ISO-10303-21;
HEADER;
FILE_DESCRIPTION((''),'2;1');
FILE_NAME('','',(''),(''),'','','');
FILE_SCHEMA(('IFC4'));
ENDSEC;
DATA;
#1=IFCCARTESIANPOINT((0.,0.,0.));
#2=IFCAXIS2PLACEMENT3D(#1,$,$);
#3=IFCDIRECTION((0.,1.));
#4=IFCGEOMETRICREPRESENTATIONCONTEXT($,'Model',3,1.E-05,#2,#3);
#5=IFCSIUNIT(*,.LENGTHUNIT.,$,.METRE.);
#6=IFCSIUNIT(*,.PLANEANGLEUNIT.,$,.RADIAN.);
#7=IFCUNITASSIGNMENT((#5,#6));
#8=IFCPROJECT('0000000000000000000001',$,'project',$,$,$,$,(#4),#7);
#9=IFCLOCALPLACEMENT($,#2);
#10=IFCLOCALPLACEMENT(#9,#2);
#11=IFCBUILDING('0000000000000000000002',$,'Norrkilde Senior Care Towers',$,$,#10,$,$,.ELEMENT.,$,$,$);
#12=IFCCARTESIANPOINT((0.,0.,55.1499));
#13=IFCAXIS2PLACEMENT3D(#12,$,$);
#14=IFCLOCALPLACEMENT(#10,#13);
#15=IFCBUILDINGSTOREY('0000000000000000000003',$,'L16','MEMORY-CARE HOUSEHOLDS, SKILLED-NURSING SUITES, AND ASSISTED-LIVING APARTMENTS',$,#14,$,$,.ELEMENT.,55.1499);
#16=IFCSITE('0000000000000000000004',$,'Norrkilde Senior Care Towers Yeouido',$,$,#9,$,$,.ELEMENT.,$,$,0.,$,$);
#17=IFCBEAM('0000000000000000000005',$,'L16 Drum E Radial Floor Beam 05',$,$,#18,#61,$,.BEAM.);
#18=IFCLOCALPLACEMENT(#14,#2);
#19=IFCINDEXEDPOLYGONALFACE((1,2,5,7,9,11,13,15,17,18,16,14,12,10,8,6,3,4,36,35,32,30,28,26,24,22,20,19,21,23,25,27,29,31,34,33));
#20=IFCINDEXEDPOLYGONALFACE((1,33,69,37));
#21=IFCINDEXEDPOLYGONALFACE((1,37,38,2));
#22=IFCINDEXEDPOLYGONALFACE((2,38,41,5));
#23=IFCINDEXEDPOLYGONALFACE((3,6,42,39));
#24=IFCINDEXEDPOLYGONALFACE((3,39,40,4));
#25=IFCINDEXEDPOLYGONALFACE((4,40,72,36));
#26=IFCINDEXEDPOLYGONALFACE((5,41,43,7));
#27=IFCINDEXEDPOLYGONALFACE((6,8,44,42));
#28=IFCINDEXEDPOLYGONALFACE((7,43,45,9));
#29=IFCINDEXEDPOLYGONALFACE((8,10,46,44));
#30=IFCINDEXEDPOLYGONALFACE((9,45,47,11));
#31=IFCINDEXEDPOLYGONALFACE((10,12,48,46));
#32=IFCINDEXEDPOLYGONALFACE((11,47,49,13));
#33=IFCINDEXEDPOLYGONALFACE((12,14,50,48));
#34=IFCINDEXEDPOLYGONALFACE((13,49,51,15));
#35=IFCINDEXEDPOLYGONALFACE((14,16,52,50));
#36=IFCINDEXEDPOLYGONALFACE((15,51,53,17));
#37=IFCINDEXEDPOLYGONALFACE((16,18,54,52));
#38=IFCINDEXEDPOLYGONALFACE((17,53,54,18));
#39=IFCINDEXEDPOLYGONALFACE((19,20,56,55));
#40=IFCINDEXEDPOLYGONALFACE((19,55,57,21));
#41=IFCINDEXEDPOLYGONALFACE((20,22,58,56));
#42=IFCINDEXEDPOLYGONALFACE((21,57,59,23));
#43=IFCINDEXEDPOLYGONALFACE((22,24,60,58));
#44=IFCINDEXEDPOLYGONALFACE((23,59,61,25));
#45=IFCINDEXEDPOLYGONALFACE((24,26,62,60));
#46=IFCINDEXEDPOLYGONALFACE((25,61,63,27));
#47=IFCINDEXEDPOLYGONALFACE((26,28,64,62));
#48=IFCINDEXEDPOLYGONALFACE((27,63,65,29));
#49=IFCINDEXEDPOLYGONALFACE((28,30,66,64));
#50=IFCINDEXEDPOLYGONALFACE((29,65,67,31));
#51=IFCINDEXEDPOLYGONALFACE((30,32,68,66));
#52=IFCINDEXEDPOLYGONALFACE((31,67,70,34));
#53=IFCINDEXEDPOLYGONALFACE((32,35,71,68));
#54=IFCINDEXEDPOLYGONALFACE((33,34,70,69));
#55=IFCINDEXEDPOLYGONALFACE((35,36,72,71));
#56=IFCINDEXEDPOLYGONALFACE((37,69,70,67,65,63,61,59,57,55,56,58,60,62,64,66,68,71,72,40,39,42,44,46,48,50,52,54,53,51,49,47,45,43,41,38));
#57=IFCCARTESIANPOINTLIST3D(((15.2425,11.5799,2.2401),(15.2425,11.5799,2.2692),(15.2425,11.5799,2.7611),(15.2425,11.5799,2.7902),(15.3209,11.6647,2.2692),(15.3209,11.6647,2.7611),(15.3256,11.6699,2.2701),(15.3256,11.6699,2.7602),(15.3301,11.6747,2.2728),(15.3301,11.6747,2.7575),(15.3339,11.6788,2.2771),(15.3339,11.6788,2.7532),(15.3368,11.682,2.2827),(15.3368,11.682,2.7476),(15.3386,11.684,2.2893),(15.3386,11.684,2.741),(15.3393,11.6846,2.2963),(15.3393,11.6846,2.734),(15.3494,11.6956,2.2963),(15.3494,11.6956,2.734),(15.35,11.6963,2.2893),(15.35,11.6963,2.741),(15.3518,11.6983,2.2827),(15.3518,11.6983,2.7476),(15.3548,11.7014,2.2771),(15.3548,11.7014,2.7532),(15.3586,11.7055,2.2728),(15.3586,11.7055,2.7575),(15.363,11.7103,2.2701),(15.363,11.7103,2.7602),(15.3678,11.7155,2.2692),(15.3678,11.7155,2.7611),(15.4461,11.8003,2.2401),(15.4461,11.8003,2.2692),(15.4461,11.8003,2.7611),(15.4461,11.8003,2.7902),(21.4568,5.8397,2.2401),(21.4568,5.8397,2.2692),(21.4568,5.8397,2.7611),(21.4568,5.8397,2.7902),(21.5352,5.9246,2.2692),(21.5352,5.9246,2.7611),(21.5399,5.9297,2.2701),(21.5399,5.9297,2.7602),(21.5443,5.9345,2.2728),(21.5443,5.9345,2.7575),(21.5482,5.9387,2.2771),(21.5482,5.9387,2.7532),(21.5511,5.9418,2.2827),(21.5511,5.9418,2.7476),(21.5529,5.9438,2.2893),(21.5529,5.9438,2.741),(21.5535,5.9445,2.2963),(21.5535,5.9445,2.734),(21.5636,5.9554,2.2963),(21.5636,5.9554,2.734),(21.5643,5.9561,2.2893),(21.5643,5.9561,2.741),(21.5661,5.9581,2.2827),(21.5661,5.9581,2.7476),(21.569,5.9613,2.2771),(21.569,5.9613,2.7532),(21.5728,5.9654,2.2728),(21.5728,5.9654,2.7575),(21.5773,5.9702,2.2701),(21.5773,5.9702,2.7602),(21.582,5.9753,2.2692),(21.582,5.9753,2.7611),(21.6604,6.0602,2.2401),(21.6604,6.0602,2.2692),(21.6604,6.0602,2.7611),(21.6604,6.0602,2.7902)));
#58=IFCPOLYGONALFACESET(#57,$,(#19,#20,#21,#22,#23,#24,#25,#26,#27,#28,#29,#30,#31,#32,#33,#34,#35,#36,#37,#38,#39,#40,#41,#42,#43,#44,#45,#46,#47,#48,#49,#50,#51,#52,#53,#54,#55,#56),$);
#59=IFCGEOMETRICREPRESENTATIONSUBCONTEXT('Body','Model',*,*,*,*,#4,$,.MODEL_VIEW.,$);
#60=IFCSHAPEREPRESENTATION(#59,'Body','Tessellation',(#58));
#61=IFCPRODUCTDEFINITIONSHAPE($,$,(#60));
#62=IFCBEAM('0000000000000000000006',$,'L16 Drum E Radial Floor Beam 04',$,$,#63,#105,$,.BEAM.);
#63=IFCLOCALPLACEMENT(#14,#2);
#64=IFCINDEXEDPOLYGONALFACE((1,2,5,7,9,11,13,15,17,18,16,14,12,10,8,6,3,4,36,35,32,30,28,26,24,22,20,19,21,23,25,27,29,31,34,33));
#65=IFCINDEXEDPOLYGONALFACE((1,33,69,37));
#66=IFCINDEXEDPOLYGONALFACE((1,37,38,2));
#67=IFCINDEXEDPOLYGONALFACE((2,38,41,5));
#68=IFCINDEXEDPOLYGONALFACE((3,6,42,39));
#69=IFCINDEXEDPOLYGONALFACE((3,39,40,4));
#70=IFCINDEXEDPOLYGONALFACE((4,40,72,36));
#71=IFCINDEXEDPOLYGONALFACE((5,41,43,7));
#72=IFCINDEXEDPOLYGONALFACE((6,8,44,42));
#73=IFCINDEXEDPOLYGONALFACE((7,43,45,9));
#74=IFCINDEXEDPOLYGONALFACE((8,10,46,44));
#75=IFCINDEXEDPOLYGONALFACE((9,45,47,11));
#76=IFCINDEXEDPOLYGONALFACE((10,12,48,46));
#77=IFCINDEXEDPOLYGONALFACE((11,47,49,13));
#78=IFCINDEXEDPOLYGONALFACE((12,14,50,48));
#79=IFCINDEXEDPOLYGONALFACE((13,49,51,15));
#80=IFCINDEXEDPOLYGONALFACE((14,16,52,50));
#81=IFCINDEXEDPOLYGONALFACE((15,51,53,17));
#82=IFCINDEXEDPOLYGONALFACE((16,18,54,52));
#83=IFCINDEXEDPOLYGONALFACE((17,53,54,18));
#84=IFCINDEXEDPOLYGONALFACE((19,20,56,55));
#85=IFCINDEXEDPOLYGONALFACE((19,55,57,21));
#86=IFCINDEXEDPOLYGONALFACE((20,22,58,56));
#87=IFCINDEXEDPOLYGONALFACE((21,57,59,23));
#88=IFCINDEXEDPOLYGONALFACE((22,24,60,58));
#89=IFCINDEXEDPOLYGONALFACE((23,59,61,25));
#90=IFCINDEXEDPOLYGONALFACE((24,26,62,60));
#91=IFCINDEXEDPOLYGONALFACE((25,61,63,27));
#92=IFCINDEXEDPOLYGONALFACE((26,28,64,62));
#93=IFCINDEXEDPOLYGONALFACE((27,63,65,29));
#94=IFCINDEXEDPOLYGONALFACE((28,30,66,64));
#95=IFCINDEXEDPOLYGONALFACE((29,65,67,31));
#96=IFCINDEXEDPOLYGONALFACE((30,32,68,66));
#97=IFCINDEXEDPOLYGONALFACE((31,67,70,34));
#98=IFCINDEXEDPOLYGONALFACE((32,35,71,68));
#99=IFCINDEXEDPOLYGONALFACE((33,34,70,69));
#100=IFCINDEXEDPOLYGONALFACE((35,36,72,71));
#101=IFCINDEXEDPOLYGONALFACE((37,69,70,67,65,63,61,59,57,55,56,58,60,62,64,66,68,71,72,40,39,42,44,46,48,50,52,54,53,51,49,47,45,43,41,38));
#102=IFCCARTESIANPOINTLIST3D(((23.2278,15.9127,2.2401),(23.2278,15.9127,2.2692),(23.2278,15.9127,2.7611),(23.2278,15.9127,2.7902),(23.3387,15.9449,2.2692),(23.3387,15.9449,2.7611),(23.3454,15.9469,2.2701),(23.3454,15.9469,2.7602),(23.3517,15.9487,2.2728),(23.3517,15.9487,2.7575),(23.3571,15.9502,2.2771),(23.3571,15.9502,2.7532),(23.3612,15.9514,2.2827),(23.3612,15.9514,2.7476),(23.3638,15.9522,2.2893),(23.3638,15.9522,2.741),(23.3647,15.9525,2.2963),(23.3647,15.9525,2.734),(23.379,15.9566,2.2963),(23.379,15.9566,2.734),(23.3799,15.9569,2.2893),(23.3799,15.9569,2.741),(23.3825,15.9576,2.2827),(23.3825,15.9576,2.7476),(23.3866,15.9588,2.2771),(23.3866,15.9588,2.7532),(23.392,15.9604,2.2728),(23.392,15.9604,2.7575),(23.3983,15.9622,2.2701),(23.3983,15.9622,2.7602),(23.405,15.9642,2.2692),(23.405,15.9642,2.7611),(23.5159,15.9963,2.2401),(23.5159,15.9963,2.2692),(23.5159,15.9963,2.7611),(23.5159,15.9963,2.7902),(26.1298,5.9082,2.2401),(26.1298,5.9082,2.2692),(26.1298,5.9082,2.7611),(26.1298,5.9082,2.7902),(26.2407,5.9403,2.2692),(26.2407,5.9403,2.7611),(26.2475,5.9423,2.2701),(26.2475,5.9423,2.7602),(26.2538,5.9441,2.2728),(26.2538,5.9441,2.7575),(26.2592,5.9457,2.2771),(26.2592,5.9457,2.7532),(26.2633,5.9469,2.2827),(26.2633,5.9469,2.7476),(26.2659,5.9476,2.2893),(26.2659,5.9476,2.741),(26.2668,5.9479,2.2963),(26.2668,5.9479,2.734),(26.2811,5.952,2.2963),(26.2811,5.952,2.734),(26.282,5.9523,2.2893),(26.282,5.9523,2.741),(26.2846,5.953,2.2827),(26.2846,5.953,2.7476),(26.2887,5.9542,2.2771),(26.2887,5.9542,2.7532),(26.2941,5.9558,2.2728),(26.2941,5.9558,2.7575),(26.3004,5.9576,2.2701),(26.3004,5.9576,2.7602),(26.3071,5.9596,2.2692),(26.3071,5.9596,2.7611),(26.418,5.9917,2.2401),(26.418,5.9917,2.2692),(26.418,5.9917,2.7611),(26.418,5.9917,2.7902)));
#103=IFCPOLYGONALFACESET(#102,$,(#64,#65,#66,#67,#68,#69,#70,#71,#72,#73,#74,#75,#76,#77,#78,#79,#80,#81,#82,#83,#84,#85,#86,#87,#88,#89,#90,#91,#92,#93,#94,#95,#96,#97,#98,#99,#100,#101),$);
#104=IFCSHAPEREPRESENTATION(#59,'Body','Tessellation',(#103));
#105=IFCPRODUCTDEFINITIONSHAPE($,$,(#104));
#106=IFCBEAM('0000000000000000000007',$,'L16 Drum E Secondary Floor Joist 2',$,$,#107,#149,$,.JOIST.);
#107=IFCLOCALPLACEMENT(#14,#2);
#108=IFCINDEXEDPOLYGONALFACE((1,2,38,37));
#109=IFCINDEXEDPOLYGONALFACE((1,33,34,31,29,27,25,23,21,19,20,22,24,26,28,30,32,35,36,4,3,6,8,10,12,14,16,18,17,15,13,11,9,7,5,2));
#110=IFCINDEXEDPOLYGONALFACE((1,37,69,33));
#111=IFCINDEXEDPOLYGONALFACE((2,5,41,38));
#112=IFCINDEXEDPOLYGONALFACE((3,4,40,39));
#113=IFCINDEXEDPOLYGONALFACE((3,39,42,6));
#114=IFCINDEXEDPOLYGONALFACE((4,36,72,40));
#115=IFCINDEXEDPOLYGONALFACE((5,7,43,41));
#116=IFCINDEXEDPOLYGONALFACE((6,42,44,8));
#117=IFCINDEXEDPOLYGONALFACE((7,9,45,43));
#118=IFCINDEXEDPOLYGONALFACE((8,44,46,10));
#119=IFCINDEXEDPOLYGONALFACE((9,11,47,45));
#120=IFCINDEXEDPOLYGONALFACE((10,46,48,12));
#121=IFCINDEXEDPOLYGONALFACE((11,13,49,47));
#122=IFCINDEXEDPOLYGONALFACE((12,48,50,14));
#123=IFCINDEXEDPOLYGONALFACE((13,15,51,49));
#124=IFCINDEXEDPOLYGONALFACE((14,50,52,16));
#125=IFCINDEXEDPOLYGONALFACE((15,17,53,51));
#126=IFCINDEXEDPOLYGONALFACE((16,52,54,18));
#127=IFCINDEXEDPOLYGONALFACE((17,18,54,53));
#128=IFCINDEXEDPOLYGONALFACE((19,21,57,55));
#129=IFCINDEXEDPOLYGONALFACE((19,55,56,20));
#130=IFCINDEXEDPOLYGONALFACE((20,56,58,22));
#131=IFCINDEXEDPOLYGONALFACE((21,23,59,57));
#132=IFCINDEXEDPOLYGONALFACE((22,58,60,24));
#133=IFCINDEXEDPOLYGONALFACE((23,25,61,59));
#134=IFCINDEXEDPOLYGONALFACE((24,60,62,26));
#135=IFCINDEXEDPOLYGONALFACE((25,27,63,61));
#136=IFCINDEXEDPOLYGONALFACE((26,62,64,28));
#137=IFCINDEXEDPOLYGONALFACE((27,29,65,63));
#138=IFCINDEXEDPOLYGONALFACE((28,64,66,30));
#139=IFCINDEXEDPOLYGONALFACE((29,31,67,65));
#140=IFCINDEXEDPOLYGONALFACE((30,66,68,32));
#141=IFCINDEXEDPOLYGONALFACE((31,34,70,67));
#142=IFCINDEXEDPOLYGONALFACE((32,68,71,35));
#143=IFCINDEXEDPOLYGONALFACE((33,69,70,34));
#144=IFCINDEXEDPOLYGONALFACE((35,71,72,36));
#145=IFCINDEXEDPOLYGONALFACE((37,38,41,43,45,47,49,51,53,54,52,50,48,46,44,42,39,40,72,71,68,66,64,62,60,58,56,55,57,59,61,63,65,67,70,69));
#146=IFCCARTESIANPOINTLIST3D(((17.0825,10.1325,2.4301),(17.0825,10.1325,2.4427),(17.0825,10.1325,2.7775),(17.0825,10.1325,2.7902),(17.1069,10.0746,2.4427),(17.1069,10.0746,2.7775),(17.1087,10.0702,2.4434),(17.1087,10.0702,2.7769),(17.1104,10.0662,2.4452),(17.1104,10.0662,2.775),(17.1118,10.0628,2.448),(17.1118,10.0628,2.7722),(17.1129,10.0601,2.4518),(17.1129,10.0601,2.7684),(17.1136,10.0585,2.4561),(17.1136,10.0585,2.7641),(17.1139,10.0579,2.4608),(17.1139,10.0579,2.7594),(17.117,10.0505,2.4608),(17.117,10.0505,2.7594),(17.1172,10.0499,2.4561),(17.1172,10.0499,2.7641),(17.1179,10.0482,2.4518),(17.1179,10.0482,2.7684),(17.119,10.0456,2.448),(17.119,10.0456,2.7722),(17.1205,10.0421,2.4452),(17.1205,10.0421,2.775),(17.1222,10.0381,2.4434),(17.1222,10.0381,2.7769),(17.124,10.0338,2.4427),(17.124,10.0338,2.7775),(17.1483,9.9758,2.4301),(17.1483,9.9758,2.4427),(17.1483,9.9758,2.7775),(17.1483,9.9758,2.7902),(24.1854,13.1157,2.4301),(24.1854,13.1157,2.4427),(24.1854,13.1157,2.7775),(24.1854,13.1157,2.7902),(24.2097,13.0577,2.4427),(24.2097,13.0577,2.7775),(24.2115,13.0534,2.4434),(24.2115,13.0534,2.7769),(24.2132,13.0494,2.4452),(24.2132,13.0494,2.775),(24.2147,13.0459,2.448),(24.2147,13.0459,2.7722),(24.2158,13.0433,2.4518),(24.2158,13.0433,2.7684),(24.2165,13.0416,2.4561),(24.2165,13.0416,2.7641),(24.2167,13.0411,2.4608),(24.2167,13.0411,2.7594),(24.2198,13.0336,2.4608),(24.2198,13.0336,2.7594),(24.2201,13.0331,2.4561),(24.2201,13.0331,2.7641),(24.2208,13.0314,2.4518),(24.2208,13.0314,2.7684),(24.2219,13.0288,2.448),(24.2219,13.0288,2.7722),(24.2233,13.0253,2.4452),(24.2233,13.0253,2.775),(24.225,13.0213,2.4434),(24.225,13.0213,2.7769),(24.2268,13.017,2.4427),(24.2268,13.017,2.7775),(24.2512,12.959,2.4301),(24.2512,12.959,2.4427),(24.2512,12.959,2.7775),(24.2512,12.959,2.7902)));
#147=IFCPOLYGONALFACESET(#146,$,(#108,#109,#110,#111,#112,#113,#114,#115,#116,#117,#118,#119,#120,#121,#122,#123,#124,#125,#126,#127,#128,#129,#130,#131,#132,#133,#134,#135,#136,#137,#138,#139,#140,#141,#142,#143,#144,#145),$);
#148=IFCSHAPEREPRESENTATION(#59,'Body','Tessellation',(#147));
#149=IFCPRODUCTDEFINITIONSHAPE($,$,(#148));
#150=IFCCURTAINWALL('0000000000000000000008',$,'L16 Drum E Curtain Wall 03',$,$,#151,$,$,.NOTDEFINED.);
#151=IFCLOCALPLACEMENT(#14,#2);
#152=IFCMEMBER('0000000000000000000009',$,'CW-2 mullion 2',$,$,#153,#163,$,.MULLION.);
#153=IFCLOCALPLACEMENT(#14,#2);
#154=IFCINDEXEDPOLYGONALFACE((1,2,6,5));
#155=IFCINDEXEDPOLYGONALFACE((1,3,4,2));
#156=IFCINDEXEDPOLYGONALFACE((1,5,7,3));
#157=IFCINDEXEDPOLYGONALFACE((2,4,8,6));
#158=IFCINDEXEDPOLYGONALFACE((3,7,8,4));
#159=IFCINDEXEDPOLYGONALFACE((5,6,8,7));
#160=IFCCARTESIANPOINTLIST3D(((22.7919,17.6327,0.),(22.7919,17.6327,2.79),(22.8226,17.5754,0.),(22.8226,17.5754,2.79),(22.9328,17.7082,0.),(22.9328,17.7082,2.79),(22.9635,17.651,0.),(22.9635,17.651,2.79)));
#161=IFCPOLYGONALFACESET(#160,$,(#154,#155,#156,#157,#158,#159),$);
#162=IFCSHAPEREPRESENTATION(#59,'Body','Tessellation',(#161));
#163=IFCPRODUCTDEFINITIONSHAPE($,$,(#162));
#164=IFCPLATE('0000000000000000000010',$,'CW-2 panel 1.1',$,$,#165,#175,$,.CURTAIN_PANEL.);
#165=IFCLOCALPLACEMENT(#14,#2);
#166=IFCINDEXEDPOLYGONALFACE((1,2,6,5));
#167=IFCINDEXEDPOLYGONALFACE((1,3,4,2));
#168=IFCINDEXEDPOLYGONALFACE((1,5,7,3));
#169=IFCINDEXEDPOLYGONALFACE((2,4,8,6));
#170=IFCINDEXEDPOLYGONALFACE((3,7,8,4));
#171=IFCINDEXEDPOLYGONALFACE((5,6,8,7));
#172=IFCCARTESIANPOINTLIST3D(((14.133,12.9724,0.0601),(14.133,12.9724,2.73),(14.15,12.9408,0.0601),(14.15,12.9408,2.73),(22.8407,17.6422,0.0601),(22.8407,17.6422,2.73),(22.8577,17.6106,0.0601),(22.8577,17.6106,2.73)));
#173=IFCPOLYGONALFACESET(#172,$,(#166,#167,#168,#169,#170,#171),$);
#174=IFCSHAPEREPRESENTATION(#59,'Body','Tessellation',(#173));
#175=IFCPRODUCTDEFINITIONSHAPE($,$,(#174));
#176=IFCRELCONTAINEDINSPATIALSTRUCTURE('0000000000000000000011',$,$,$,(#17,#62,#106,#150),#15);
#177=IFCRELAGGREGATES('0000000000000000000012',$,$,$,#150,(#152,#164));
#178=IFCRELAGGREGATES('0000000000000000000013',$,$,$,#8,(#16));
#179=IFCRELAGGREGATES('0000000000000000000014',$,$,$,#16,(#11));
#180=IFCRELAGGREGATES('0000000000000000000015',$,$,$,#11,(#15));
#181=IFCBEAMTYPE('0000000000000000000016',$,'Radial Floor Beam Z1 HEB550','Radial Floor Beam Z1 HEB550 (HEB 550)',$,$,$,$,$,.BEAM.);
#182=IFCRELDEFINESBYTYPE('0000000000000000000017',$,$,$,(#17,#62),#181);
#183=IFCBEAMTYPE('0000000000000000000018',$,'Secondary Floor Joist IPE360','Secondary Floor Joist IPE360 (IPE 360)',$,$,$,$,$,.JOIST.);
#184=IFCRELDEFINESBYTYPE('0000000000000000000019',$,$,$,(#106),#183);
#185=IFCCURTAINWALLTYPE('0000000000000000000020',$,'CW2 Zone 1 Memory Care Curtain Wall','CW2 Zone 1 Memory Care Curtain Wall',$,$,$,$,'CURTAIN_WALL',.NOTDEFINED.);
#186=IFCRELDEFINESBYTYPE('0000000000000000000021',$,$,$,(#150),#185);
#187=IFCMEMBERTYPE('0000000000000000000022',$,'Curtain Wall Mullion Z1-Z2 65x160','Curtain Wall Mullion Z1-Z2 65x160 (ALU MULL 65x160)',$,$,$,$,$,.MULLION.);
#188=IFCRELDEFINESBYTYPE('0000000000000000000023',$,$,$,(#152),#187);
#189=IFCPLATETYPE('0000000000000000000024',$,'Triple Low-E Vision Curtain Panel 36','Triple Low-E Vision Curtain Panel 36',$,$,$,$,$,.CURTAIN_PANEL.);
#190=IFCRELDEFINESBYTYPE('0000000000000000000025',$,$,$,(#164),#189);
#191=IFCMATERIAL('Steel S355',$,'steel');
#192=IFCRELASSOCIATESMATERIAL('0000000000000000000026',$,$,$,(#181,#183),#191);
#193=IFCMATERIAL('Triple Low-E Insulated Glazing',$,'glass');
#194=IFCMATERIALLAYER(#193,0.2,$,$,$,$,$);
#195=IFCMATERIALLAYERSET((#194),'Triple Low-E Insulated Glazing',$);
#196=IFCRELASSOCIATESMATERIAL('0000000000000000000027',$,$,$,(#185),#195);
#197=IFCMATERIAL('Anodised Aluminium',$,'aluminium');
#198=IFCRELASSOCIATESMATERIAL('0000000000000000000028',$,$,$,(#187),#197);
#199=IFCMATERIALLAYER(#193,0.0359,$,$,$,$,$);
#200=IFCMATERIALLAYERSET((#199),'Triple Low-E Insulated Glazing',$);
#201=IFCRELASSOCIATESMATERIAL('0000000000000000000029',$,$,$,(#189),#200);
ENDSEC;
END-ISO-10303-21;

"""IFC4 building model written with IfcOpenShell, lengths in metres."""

from ifc_helpers import new_model, si_unit, direction, frame, origin, origin_2d, place, context, subcontext, project, spatial, rectangle, i_section, extrude, source, transform, mapped, material, layer, layer_set, material_profile, profile_set, type_object, type_shapes, element, aggregate, save


model = new_model("IFC4")

# Units and contexts
model_context = context("Model", 3, precision=1e-05, world=origin(), true_north=direction((0.0, 1.0)))
body_context = subcontext(model_context, "Body", "Model", "MODEL_VIEW")
ifc_project = project(units=[si_unit("LENGTHUNIT", "METRE"), si_unit("PLANEANGLEUNIT", "RADIAN")], contexts=[model_context])

# Site, building, storey
site_placement = place(None, origin())
site = spatial("IfcSite", under=ifc_project, at=site_placement, Name="Norrkilde Senior Care Towers Yeouido", CompositionType="ELEMENT", RefElevation=0.0)
building_placement = place(site_placement, origin())
building = spatial("IfcBuilding", under=site, at=building_placement, Name="Norrkilde Senior Care Towers", CompositionType="ELEMENT")
storey_placement = place(building_placement, frame((0.0, 0.0, 55.1499)))
storey = spatial("IfcBuildingStorey", under=building, at=storey_placement, Name="L16", Description="MEMORY-CARE HOUSEHOLDS, SKILLED-NURSING SUITES, AND ASSISTED-LIVING APARTMENTS", CompositionType="ELEMENT", Elevation=55.1499)

# Beams
ifc_material_1 = material(Name="Steel S355", Category="steel")
ifc_material_profile_1 = material_profile(ifc_material_1, i_section(OverallWidth=0.3, OverallDepth=0.55, WebThickness=0.0149, FlangeThickness=0.0291, FilletRadius=0.0271, at=origin_2d()), Name="HEB 550")
ifc_profile_set_1 = profile_set([ifc_material_profile_1], Name="Steel S355")
beam_type_1 = type_object("IfcBeamType", Name="Radial Floor Beam Z1 HEB550", Description="Radial Floor Beam Z1 HEB550 (HEB 550)", PredefinedType="BEAM", material=ifc_profile_set_1)
shared_shape_1 = source(origin(), body_context, "Body", "SweptSolid", [
    extrude(i_section(OverallWidth=0.3, OverallDepth=0.55, WebThickness=0.0149, FlangeThickness=0.0291, FilletRadius=0.0271, at=origin_2d()), origin(), (0.0, 0.0, 1.0), 8.4597),
])
beam_1_placement = place(storey_placement, frame((21.5586, 5.95, 2.5151), z_axis=(-0.734573, 0.678529, 0.0), x_axis=(-0.678529, -0.734573, 0.0)))
element("IfcBeam", 1, at=beam_1_placement, inside=storey, type_object=beam_type_1, Name="L16 Drum E Radial Floor Beam 05", PredefinedType="BEAM", context=body_context, shape_type="MappedRepresentation", body=[
    mapped(shared_shape_1, transform((0.0, 0.0, 0.0), x_axis=(1.0, 0.0, 0.0), y_axis=(0.0, 1.0, 0.0), z_axis=(0.0, 0.0, 1.0), scale=1.0)),
])
shared_shape_2 = source(origin(), body_context, "Body", "SweptSolid", [
    extrude(i_section(OverallWidth=0.3, OverallDepth=0.55, WebThickness=0.0149, FlangeThickness=0.0291, FilletRadius=0.0271, at=origin_2d()), origin(), (0.0, 0.0, 1.0), 10.417),
])
beam_2_placement = place(storey_placement, frame((26.2739, 5.95, 2.5151), z_axis=(-0.278591, 0.96041, 0.0), x_axis=(-0.96041, -0.278591, 0.0)))
element("IfcBeam", 2, at=beam_2_placement, inside=storey, type_object=beam_type_1, Name="L16 Drum E Radial Floor Beam 04", PredefinedType="BEAM", context=body_context, shape_type="MappedRepresentation", body=[
    mapped(shared_shape_2, transform((0.0, 0.0, 0.0), x_axis=(1.0, 0.0, 0.0), y_axis=(0.0, 1.0, 0.0), z_axis=(0.0, 0.0, 1.0), scale=1.0)),
])
ifc_material_profile_2 = material_profile(ifc_material_1, i_section(OverallWidth=0.1699, OverallDepth=0.3601, WebThickness=0.0081, FlangeThickness=0.0127, FilletRadius=0.0181, at=origin_2d()), Name="IPE 360")
ifc_profile_set_2 = profile_set([ifc_material_profile_2], Name="Steel S355")
beam_type_2 = type_object("IfcBeamType", Name="Secondary Floor Joist IPE360", Description="Secondary Floor Joist IPE360 (IPE 360)", PredefinedType="JOIST", material=ifc_profile_set_2)
shared_shape_3 = source(origin(), body_context, "Body", "SweptSolid", [
    extrude(i_section(OverallWidth=0.1699, OverallDepth=0.3601, WebThickness=0.0081, FlangeThickness=0.0127, FilletRadius=0.0181, at=origin_2d()), origin(), (0.0, 0.0, 1.0), 7.7039),
])
type_shapes(beam_type_2, [shared_shape_3])
beam_3_placement = place(storey_placement, frame((24.2183, 13.0374, 2.6101), z_axis=(-0.921983, -0.387231, 0.0), x_axis=(0.387231, -0.921983, 0.0)))
element("IfcBeam", 3, at=beam_3_placement, inside=storey, type_object=beam_type_2, Name="L16 Drum E Secondary Floor Joist 2", PredefinedType="JOIST", context=body_context, shape_type="MappedRepresentation", body=[
    mapped(shared_shape_3, transform((0.0, 0.0, 0.0), x_axis=(1.0, 0.0, 0.0), y_axis=(0.0, 1.0, 0.0), z_axis=(0.0, 0.0, 1.0), scale=1.0)),
])

# Curtain wall, member, plate
ifc_material_2 = material(Name="Triple Low-E Insulated Glazing", Category="glass")
ifc_layer_1 = layer(ifc_material_2, 0.2)
ifc_layer_set_1 = layer_set([ifc_layer_1], Name="Triple Low-E Insulated Glazing")
curtain_wall_type = type_object("IfcCurtainWallType", Name="CW2 Zone 1 Memory Care Curtain Wall", Description="CW2 Zone 1 Memory Care Curtain Wall", ElementType="CURTAIN_WALL", PredefinedType="NOTDEFINED", material=ifc_layer_set_1)
curtain_wall_placement = place(storey_placement, origin())
curtain_wall = element("IfcCurtainWall", 4, at=curtain_wall_placement, inside=storey, type_object=curtain_wall_type, Name="L16 Drum E Curtain Wall 03", PredefinedType="NOTDEFINED")
ifc_material_3 = material(Name="Anodised Aluminium", Category="aluminium")
ifc_material_profile_3 = material_profile(ifc_material_3, rectangle(XDim=0.0649, YDim=0.1599, at=origin_2d()), Name="ALU MULL 65x160")
ifc_profile_set_3 = profile_set([ifc_material_profile_3], Name="Anodised Aluminium")
member_type = type_object("IfcMemberType", Name="Curtain Wall Mullion Z1-Z2 65x160", Description="Curtain Wall Mullion Z1-Z2 65x160 (ALU MULL 65x160)", PredefinedType="MULLION", material=ifc_profile_set_3)
shared_shape_4 = source(origin(), body_context, "Body", "SweptSolid", [
    extrude(rectangle(XDim=0.0649, YDim=0.1599, at=origin_2d()), origin(), (0.0, 0.0, 1.0), 2.79),
])
type_shapes(member_type, [shared_shape_4])
member_placement = place(storey_placement, frame((22.8777, 17.6418, 0.0), z_axis=(0.0, 0.0, 1.0), x_axis=(-0.472608, 0.881273, 0.0)))
member = element("IfcMember", 5, at=member_placement, type_object=member_type, Name="CW-2 mullion 2", PredefinedType="MULLION", context=body_context, shape_type="MappedRepresentation", body=[
    mapped(shared_shape_4, transform((0.0, 0.0, 0.0), x_axis=(1.0, 0.0, 0.0), y_axis=(0.0, 1.0, 0.0), z_axis=(0.0, 0.0, 1.0), scale=1.0)),
])
ifc_layer_2 = layer(ifc_material_2, 0.0359)
ifc_layer_set_2 = layer_set([ifc_layer_2], Name="Triple Low-E Insulated Glazing")
plate_type = type_object("IfcPlateType", Name="Triple Low-E Vision Curtain Panel 36", Description="Triple Low-E Vision Curtain Panel 36", PredefinedType="CURTAIN_PANEL", material=ifc_layer_set_2)
shared_shape_5 = source(origin(), body_context, "Body", "SweptSolid", [
    extrude(rectangle(XDim=9.8809, YDim=0.0359, at=origin_2d()), origin(), (0.0, 0.0, 1.0), 2.6699),
])
type_shapes(plate_type, [shared_shape_5])
plate_placement = place(storey_placement, frame((18.4954, 15.2915, 0.0601), z_axis=(0.0, 0.0, 1.0), x_axis=(0.881273, 0.472608, 0.0)))
plate = element("IfcPlate", 6, at=plate_placement, type_object=plate_type, Name="CW-2 panel 1.1", PredefinedType="CURTAIN_PANEL", context=body_context, shape_type="MappedRepresentation", body=[
    mapped(shared_shape_5, transform((0.0, 0.0, 0.0), x_axis=(1.0, 0.0, 0.0), y_axis=(0.0, 1.0, 0.0), z_axis=(0.0, 0.0, 1.0), scale=1.0)),
])
aggregate(curtain_wall, [member, plate])

save(model, "model.ifc")
